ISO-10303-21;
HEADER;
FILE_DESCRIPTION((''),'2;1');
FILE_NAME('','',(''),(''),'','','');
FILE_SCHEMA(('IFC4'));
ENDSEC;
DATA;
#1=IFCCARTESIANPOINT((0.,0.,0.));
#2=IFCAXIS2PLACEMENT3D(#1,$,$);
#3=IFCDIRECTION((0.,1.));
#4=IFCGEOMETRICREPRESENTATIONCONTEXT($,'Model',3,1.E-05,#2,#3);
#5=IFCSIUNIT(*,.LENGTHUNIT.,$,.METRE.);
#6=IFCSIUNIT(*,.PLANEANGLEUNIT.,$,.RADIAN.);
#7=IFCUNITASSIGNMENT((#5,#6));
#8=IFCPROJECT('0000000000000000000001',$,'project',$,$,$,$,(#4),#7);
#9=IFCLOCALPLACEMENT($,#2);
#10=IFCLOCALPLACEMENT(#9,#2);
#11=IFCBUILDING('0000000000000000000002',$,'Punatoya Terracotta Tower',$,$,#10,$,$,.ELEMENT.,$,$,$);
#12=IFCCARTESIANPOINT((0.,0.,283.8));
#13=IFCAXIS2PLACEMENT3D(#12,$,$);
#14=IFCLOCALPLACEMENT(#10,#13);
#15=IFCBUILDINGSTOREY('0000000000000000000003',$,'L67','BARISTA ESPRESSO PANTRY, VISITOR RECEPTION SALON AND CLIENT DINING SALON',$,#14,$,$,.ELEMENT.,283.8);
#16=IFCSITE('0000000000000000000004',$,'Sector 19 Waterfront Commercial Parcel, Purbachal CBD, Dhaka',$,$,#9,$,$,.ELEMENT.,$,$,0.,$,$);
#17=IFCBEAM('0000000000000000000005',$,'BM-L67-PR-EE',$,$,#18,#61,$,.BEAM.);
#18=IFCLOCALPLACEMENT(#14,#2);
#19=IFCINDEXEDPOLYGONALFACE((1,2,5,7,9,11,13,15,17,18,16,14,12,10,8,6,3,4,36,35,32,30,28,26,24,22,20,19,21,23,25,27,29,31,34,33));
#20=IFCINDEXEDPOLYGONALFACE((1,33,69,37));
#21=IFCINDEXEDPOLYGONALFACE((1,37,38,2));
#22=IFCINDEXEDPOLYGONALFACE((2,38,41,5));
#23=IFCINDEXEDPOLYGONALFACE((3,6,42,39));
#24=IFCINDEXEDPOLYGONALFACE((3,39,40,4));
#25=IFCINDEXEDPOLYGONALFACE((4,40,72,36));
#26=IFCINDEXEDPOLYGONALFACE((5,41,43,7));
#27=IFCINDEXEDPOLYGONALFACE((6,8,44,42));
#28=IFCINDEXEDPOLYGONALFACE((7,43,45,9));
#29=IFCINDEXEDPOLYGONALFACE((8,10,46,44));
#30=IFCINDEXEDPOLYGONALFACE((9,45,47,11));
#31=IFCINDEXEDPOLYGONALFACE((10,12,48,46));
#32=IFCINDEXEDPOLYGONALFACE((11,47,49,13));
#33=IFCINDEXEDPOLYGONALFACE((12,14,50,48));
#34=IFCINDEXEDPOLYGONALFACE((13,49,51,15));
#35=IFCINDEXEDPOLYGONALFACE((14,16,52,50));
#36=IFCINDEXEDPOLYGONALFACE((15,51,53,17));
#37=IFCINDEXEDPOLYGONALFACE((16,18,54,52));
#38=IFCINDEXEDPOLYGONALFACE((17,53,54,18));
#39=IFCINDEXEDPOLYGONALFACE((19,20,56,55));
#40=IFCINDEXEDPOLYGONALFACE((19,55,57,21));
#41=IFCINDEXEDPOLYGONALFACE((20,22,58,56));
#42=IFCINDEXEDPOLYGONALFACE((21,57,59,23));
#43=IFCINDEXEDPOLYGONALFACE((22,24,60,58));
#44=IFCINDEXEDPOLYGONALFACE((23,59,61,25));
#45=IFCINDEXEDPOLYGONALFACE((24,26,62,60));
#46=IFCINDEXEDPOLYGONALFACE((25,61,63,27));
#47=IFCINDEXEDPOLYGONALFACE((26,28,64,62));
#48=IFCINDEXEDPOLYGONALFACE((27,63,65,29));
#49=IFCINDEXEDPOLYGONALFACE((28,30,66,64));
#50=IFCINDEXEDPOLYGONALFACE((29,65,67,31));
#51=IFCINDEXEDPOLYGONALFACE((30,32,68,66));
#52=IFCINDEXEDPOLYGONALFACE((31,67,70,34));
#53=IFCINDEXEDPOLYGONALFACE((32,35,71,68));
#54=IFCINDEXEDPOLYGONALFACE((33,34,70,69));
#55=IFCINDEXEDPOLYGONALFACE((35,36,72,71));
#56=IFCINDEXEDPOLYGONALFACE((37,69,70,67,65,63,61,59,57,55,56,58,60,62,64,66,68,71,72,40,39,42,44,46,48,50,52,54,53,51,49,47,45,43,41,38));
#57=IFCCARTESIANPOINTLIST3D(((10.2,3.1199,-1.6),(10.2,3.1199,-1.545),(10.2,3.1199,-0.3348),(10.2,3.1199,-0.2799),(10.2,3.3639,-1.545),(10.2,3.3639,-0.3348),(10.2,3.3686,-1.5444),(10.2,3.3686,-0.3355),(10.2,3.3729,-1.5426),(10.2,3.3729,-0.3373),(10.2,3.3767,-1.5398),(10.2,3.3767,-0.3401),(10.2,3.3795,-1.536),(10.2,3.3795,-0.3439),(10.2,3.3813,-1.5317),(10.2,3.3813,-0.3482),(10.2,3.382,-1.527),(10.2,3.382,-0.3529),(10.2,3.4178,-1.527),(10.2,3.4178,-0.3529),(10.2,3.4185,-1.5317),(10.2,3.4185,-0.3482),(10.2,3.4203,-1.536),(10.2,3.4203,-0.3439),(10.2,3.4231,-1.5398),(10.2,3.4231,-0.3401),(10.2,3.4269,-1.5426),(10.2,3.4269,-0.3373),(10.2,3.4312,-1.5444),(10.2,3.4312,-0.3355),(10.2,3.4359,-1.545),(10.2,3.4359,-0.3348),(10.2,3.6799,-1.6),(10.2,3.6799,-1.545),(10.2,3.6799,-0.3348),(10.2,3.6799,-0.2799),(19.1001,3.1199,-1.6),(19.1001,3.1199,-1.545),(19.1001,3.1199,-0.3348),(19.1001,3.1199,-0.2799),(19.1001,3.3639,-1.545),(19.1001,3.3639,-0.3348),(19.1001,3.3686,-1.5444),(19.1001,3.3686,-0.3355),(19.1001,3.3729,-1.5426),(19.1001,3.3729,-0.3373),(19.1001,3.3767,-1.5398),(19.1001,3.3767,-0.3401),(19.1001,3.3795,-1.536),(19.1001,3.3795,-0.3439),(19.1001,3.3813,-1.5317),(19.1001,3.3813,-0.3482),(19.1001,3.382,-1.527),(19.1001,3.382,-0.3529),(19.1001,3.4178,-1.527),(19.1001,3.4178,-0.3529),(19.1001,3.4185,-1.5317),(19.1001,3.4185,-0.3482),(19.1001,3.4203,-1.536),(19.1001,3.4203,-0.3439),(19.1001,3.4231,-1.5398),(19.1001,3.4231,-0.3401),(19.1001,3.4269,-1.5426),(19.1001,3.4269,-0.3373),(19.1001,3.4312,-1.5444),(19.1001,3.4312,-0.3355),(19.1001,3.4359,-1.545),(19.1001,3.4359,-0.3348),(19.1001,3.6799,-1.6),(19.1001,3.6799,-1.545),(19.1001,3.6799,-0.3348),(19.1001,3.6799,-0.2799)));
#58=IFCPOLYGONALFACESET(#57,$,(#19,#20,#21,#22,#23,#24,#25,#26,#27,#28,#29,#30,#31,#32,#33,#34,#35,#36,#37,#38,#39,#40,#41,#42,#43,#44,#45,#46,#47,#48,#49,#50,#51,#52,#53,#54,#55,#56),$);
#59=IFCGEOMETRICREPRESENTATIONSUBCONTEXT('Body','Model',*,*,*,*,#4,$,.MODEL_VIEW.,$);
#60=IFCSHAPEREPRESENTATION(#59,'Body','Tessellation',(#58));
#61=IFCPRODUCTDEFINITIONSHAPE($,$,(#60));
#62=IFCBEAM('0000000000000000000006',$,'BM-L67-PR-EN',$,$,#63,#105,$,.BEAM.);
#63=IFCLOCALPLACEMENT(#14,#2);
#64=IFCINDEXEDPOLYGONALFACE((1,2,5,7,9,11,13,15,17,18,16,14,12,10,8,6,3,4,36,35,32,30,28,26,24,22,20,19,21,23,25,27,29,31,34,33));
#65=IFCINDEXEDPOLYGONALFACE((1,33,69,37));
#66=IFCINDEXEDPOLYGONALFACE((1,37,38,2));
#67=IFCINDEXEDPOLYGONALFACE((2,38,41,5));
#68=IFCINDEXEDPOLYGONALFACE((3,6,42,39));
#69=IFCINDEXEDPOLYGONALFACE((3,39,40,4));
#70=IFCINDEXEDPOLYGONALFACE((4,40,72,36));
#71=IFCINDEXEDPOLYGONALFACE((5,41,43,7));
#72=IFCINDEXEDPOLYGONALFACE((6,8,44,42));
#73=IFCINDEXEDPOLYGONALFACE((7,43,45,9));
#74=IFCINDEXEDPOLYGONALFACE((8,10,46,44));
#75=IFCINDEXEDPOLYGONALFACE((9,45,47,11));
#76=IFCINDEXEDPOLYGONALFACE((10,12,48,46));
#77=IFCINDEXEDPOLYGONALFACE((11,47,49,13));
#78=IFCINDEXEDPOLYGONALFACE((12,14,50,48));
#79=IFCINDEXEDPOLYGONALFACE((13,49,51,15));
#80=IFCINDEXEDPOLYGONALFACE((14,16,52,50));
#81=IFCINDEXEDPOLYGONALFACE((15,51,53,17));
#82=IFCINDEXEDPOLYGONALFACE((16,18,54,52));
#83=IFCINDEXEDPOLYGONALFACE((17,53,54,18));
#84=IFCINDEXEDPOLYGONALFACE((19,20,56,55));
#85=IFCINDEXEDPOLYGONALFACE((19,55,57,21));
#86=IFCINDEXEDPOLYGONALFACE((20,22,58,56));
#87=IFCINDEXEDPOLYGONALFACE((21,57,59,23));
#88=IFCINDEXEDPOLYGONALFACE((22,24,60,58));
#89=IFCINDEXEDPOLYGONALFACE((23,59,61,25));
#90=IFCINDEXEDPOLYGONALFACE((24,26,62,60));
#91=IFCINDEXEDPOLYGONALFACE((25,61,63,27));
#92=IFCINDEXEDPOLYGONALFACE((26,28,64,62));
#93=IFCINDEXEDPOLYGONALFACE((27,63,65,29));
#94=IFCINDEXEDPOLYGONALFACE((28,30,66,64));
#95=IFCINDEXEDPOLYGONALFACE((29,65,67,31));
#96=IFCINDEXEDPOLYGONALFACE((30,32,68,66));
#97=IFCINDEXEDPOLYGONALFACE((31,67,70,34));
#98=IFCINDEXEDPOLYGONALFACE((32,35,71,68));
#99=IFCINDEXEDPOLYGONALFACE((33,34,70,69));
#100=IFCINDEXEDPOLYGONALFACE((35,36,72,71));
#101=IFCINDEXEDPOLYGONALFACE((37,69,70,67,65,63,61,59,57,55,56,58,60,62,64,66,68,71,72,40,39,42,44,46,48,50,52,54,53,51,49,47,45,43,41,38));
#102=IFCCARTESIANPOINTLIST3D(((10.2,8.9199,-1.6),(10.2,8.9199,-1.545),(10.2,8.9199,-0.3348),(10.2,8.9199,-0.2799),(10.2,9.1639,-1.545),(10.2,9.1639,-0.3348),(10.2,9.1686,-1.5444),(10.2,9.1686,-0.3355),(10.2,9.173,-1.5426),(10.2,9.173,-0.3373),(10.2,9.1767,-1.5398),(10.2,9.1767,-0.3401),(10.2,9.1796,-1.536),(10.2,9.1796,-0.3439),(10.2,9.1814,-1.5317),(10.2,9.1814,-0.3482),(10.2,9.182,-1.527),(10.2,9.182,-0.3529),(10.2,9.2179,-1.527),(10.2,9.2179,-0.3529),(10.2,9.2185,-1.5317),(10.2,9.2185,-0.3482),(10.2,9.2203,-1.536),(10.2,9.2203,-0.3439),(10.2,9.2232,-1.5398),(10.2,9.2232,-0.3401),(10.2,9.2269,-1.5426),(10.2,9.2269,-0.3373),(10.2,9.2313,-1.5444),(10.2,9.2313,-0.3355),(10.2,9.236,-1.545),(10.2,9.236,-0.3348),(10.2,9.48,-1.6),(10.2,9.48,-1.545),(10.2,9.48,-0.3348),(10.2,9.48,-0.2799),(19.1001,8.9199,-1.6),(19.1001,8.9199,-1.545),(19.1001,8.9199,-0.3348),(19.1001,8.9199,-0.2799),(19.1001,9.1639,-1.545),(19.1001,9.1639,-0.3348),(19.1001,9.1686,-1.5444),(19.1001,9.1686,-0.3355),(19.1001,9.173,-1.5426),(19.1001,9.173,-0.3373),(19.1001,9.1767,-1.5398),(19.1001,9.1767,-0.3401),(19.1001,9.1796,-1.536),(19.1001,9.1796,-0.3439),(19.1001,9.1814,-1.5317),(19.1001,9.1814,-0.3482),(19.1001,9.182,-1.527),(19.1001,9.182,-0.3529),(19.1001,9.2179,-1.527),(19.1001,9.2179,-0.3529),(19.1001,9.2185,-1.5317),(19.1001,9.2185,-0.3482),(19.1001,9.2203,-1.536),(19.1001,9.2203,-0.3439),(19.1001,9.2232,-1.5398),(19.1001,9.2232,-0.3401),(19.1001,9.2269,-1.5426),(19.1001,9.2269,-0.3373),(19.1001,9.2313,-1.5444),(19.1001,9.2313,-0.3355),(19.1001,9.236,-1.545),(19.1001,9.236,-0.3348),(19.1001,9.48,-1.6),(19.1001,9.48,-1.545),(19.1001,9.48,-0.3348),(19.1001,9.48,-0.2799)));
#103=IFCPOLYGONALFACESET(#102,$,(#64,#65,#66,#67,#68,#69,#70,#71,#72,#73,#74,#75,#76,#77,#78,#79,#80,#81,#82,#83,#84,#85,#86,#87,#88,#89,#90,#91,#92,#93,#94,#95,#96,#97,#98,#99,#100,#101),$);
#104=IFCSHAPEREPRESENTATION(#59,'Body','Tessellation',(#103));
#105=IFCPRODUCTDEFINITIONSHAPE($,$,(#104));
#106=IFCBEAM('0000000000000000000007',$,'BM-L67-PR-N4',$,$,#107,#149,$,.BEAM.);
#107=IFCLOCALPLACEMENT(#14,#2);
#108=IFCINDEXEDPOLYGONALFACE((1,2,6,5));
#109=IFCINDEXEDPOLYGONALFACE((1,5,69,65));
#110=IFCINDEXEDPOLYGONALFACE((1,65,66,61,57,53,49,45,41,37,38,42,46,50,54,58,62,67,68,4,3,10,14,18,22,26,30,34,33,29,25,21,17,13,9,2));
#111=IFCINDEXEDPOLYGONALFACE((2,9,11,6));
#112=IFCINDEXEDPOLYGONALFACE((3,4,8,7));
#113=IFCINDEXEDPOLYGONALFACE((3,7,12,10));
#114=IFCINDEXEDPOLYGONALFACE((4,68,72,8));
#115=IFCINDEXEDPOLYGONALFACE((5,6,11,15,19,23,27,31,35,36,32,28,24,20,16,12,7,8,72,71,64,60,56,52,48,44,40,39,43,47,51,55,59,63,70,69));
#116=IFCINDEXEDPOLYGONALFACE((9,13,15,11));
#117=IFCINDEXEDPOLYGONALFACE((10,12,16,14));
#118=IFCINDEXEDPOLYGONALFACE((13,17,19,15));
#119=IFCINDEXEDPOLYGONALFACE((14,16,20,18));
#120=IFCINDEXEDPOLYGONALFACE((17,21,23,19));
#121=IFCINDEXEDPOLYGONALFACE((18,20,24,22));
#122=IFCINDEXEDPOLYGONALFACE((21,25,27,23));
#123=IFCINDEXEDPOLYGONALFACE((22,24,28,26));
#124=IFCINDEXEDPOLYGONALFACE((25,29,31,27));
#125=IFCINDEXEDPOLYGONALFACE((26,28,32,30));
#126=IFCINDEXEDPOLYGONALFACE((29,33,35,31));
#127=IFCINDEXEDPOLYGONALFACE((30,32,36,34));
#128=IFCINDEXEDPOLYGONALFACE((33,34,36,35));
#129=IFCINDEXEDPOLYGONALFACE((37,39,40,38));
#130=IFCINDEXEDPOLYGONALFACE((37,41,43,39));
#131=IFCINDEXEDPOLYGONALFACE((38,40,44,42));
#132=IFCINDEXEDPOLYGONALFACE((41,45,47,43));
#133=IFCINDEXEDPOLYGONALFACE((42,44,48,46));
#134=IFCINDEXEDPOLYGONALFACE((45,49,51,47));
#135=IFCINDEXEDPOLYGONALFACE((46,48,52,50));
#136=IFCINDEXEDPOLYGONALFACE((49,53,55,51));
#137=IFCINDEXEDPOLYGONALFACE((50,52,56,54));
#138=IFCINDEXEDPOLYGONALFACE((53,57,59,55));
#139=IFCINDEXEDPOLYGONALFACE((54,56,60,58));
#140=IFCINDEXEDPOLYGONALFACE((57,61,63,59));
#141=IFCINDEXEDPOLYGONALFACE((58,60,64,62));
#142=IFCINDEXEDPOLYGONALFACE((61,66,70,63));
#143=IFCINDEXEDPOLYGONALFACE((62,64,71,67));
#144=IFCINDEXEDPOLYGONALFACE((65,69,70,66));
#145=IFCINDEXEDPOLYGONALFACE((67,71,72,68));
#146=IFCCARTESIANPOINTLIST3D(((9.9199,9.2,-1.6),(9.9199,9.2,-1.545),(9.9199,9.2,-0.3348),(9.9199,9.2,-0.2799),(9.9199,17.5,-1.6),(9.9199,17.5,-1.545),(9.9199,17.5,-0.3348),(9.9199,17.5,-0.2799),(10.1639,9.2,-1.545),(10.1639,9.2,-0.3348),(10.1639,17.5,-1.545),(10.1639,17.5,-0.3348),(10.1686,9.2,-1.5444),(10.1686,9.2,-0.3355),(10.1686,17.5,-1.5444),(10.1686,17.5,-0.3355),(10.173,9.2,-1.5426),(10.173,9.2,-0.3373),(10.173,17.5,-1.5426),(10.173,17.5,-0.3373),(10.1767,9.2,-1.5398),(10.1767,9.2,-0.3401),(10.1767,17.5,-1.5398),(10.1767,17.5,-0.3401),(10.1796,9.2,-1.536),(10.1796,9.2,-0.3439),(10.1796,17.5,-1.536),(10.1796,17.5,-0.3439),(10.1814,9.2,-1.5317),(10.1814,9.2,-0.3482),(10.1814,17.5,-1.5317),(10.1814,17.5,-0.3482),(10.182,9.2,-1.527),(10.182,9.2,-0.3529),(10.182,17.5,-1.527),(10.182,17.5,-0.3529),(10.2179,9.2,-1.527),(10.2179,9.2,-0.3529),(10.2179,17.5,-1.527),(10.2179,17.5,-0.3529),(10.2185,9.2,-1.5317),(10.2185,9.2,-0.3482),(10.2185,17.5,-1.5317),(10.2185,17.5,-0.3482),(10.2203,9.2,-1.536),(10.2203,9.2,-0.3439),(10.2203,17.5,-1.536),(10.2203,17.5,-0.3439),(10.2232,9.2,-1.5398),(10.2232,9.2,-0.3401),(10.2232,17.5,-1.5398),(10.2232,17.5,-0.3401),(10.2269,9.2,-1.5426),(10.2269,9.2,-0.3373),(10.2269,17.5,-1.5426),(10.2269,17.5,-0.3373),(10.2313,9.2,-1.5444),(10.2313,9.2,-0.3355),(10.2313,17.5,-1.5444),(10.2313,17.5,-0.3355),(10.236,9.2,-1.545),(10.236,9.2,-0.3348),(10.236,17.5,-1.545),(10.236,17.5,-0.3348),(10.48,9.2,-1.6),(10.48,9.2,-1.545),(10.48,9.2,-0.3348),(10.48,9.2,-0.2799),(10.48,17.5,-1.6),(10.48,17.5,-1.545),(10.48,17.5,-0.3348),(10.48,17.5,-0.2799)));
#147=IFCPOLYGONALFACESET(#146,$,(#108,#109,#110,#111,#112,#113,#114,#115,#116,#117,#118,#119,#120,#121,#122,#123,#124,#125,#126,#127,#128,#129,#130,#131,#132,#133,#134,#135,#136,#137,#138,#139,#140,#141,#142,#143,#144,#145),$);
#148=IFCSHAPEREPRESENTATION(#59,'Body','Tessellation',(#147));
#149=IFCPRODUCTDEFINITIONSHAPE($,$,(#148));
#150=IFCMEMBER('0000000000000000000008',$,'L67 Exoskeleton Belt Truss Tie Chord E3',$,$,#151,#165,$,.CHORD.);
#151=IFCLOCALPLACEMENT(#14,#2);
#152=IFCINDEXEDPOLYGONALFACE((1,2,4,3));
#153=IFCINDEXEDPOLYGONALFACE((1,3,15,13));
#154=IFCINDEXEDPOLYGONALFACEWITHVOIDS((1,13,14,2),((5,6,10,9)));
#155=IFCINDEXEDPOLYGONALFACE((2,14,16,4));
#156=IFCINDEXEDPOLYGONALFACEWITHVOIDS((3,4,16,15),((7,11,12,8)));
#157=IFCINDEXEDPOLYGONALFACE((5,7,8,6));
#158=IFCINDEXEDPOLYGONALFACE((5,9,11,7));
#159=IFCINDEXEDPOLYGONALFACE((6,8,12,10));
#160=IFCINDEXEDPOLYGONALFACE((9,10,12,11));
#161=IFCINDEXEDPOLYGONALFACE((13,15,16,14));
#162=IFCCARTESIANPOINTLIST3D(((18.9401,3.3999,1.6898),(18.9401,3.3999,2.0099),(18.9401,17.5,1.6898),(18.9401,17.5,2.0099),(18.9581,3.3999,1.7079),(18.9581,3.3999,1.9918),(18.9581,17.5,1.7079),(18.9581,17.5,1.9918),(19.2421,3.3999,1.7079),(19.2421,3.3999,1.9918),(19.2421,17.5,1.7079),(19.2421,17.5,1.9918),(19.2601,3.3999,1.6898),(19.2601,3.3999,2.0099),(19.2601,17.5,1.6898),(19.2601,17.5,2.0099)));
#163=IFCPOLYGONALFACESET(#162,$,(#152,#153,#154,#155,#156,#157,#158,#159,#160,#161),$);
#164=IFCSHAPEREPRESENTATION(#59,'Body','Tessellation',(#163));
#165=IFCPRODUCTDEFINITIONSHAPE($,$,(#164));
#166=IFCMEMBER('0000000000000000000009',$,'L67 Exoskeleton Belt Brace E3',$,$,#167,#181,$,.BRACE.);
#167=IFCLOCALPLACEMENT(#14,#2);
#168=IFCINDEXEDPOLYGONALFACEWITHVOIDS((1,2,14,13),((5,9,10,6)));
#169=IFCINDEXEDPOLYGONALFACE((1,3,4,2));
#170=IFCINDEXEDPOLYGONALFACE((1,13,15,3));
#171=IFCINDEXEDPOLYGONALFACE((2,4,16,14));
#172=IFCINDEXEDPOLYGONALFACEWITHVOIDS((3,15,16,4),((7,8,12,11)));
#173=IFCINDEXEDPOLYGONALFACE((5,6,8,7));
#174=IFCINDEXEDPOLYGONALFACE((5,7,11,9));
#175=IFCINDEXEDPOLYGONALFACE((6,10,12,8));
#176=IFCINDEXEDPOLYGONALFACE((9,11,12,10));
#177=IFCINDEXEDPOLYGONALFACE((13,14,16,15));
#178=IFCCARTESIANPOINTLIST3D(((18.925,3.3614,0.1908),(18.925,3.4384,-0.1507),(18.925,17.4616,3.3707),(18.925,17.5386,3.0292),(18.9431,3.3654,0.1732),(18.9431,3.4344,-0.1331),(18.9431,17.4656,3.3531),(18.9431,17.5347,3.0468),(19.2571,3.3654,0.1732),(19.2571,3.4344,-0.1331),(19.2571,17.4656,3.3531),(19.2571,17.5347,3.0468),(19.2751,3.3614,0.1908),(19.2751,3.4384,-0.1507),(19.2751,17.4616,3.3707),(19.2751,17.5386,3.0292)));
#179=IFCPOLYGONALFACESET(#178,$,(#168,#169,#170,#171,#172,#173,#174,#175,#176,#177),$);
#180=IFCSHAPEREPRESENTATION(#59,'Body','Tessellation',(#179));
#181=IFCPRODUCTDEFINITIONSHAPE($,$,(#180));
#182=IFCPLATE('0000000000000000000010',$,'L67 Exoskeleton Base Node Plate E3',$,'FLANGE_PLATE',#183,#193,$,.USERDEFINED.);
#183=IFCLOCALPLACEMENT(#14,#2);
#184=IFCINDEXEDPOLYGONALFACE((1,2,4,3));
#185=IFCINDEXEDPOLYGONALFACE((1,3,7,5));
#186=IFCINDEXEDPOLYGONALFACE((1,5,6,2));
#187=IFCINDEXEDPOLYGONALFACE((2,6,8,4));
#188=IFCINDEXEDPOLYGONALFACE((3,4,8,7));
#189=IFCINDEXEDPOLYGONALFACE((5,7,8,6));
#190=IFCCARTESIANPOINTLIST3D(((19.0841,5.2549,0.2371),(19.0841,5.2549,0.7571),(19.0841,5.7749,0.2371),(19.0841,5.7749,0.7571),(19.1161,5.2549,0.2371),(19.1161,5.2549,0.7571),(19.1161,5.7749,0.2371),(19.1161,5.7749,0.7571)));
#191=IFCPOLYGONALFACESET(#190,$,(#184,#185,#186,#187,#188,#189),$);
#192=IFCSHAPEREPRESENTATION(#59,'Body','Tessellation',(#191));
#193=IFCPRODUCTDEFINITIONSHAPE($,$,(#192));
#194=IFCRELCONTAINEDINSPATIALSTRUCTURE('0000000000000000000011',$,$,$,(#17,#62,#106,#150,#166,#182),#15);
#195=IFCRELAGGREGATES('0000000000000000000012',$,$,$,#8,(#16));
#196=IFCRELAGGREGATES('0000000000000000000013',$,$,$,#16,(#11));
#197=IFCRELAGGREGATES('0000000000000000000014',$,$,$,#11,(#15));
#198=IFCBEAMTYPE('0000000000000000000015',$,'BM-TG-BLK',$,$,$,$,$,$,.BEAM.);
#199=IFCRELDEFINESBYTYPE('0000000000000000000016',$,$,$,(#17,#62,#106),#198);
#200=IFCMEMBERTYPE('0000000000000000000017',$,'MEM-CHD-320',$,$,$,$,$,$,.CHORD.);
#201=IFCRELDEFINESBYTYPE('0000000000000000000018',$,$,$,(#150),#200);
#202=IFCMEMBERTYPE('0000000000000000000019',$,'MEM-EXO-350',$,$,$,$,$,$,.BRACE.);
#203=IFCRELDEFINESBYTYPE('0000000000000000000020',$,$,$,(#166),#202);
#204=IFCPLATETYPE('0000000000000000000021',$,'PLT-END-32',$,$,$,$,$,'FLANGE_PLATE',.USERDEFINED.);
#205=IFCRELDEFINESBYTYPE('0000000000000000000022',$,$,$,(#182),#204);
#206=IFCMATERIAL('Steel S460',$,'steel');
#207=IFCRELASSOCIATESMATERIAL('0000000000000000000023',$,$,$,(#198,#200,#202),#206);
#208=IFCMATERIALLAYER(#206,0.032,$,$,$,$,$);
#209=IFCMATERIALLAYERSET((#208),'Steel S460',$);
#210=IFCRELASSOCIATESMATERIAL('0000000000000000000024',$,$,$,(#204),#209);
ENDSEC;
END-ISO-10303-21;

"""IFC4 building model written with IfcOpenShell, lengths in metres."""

from ifc_helpers import new_model, si_unit, direction, frame, origin, origin_2d, place, context, subcontext, project, spatial, rectangle, hollow_rectangle, i_section, extrude, material, layer, layer_set, material_profile, profile_set, type_object, element, save


model = new_model("IFC4")

# Units and contexts
model_context = context("Model", 3, precision=1e-05, world=origin(), true_north=direction((0.0, 1.0)))
body_context = subcontext(model_context, "Body", "Model", "MODEL_VIEW")
ifc_project = project(units=[si_unit("LENGTHUNIT", "METRE"), si_unit("PLANEANGLEUNIT", "RADIAN")], contexts=[model_context])

# Site, building, storey
site_placement = place(None, origin())
site = spatial("IfcSite", under=ifc_project, at=site_placement, Name="Sector 19 Waterfront Commercial Parcel, Purbachal CBD, Dhaka", CompositionType="ELEMENT", RefElevation=0.0)
building_placement = place(site_placement, origin())
building = spatial("IfcBuilding", under=site, at=building_placement, Name="Punatoya Terracotta Tower", CompositionType="ELEMENT")
storey_placement = place(building_placement, frame((0.0, 0.0, 283.8)))
storey = spatial("IfcBuildingStorey", under=building, at=storey_placement, Name="L67", Description="BARISTA ESPRESSO PANTRY, VISITOR RECEPTION SALON AND CLIENT DINING SALON", CompositionType="ELEMENT", Elevation=283.8)

# Shared definitions
ifc_material_1 = material(Name="Steel S460", Category="steel")

# Beams
ifc_material_profile_1 = material_profile(ifc_material_1, i_section(OverallWidth=0.5601, OverallDepth=1.3201, WebThickness=0.0359, FlangeThickness=0.0549, FilletRadius=0.0181, at=origin_2d()))
ifc_profile_set_1 = profile_set([ifc_material_profile_1], Name="Steel S460")
beam_type_1 = type_object("IfcBeamType", Name="BM-TG-BLK", PredefinedType="BEAM", material=ifc_profile_set_1)
for number, where, z_axis, x_axis, name in (
    (1, (10.2, 3.3999, -0.9399), (1.0, 0.0, 0.0), (0.0, 1.0, 0.0), "BM-L67-PR-EE"),
    (2, (10.2, 9.2, -0.9399), (1.0, 0.0, 0.0), (0.0, 1.0, 0.0), "BM-L67-PR-EN"),
):
    element("IfcBeam", number, at=place(storey_placement, frame(where, z_axis=z_axis, x_axis=x_axis)), inside=storey, type_object=beam_type_1, Name=name, PredefinedType="BEAM", context=body_context, shape_type="SweptSolid", body=[
        extrude(i_section(OverallWidth=0.5601, OverallDepth=1.3201, WebThickness=0.0359, FlangeThickness=0.0549, FilletRadius=0.0181, at=origin_2d()), origin(), (0.0, 0.0, 1.0), 8.9001),
    ])
beam_1_placement = place(storey_placement, frame((10.2, 9.2, -0.9399), z_axis=(0.0, 1.0, 0.0), x_axis=(-1.0, 0.0, 0.0)))
element("IfcBeam", 3, at=beam_1_placement, inside=storey, type_object=beam_type_1, Name="BM-L67-PR-N4", PredefinedType="BEAM", context=body_context, shape_type="SweptSolid", body=[
    extrude(i_section(OverallWidth=0.5601, OverallDepth=1.3201, WebThickness=0.0359, FlangeThickness=0.0549, FilletRadius=0.0181, at=origin_2d()), origin(), (0.0, 0.0, 1.0), 8.3),
])

# Members
ifc_material_profile_2 = material_profile(ifc_material_1, hollow_rectangle(XDim=0.3201, YDim=0.3201, WallThickness=0.0181, at=origin_2d()))
ifc_profile_set_2 = profile_set([ifc_material_profile_2], Name="Steel S460")
member_type_1 = type_object("IfcMemberType", Name="MEM-CHD-320", PredefinedType="CHORD", material=ifc_profile_set_2)
member_1_placement = place(storey_placement, frame((19.1001, 3.3999, 1.8499), z_axis=(0.0, 1.0, 0.0), x_axis=(-1.0, 0.0, 0.0)))
element("IfcMember", 4, at=member_1_placement, inside=storey, type_object=member_type_1, Name="L67 Exoskeleton Belt Truss Tie Chord E3", PredefinedType="CHORD", context=body_context, shape_type="SweptSolid", body=[
    extrude(hollow_rectangle(XDim=0.3201, YDim=0.3201, WallThickness=0.0181, at=origin_2d()), origin(), (0.0, 0.0, 1.0), 14.1001),
])
ifc_material_profile_3 = material_profile(ifc_material_1, hollow_rectangle(XDim=0.3501, YDim=0.3501, WallThickness=0.0181, at=origin_2d()))
ifc_profile_set_3 = profile_set([ifc_material_profile_3], Name="Steel S460")
member_type_2 = type_object("IfcMemberType", Name="MEM-EXO-350", PredefinedType="BRACE", material=ifc_profile_set_3)
member_2_placement = place(storey_placement, frame((19.1001, 3.3999, 0.02), z_axis=(0.0, 0.9755, 0.22), x_axis=(-1.0, 0.0, 0.0)))
element("IfcMember", 5, at=member_2_placement, inside=storey, type_object=member_type_2, Name="L67 Exoskeleton Belt Brace E3", PredefinedType="BRACE", context=body_context, shape_type="SweptSolid", body=[
    extrude(hollow_rectangle(XDim=0.3501, YDim=0.3501, WallThickness=0.0181, at=origin_2d()), origin(), (0.0, 0.0, 1.0), 14.4543),
])

# Plate
ifc_layer_1 = layer(ifc_material_1, 0.032)
ifc_layer_set_1 = layer_set([ifc_layer_1], Name="Steel S460")
plate_type = type_object("IfcPlateType", Name="PLT-END-32", ElementType="FLANGE_PLATE", PredefinedType="USERDEFINED", material=ifc_layer_set_1)
plate_placement = place(storey_placement, frame((19.1001, 5.5149, 0.2371), z_axis=(0.0, 0.0, 1.0), x_axis=(0.0, 1.0, 0.0)))
element("IfcPlate", 6, at=plate_placement, inside=storey, type_object=plate_type, Name="L67 Exoskeleton Base Node Plate E3", ObjectType="FLANGE_PLATE", PredefinedType="USERDEFINED", context=body_context, shape_type="SweptSolid", body=[
    extrude(rectangle(XDim=0.52, YDim=0.032, at=origin_2d()), origin(), (0.0, 0.0, 1.0), 0.52),
])

save(model, "model.ifc")
